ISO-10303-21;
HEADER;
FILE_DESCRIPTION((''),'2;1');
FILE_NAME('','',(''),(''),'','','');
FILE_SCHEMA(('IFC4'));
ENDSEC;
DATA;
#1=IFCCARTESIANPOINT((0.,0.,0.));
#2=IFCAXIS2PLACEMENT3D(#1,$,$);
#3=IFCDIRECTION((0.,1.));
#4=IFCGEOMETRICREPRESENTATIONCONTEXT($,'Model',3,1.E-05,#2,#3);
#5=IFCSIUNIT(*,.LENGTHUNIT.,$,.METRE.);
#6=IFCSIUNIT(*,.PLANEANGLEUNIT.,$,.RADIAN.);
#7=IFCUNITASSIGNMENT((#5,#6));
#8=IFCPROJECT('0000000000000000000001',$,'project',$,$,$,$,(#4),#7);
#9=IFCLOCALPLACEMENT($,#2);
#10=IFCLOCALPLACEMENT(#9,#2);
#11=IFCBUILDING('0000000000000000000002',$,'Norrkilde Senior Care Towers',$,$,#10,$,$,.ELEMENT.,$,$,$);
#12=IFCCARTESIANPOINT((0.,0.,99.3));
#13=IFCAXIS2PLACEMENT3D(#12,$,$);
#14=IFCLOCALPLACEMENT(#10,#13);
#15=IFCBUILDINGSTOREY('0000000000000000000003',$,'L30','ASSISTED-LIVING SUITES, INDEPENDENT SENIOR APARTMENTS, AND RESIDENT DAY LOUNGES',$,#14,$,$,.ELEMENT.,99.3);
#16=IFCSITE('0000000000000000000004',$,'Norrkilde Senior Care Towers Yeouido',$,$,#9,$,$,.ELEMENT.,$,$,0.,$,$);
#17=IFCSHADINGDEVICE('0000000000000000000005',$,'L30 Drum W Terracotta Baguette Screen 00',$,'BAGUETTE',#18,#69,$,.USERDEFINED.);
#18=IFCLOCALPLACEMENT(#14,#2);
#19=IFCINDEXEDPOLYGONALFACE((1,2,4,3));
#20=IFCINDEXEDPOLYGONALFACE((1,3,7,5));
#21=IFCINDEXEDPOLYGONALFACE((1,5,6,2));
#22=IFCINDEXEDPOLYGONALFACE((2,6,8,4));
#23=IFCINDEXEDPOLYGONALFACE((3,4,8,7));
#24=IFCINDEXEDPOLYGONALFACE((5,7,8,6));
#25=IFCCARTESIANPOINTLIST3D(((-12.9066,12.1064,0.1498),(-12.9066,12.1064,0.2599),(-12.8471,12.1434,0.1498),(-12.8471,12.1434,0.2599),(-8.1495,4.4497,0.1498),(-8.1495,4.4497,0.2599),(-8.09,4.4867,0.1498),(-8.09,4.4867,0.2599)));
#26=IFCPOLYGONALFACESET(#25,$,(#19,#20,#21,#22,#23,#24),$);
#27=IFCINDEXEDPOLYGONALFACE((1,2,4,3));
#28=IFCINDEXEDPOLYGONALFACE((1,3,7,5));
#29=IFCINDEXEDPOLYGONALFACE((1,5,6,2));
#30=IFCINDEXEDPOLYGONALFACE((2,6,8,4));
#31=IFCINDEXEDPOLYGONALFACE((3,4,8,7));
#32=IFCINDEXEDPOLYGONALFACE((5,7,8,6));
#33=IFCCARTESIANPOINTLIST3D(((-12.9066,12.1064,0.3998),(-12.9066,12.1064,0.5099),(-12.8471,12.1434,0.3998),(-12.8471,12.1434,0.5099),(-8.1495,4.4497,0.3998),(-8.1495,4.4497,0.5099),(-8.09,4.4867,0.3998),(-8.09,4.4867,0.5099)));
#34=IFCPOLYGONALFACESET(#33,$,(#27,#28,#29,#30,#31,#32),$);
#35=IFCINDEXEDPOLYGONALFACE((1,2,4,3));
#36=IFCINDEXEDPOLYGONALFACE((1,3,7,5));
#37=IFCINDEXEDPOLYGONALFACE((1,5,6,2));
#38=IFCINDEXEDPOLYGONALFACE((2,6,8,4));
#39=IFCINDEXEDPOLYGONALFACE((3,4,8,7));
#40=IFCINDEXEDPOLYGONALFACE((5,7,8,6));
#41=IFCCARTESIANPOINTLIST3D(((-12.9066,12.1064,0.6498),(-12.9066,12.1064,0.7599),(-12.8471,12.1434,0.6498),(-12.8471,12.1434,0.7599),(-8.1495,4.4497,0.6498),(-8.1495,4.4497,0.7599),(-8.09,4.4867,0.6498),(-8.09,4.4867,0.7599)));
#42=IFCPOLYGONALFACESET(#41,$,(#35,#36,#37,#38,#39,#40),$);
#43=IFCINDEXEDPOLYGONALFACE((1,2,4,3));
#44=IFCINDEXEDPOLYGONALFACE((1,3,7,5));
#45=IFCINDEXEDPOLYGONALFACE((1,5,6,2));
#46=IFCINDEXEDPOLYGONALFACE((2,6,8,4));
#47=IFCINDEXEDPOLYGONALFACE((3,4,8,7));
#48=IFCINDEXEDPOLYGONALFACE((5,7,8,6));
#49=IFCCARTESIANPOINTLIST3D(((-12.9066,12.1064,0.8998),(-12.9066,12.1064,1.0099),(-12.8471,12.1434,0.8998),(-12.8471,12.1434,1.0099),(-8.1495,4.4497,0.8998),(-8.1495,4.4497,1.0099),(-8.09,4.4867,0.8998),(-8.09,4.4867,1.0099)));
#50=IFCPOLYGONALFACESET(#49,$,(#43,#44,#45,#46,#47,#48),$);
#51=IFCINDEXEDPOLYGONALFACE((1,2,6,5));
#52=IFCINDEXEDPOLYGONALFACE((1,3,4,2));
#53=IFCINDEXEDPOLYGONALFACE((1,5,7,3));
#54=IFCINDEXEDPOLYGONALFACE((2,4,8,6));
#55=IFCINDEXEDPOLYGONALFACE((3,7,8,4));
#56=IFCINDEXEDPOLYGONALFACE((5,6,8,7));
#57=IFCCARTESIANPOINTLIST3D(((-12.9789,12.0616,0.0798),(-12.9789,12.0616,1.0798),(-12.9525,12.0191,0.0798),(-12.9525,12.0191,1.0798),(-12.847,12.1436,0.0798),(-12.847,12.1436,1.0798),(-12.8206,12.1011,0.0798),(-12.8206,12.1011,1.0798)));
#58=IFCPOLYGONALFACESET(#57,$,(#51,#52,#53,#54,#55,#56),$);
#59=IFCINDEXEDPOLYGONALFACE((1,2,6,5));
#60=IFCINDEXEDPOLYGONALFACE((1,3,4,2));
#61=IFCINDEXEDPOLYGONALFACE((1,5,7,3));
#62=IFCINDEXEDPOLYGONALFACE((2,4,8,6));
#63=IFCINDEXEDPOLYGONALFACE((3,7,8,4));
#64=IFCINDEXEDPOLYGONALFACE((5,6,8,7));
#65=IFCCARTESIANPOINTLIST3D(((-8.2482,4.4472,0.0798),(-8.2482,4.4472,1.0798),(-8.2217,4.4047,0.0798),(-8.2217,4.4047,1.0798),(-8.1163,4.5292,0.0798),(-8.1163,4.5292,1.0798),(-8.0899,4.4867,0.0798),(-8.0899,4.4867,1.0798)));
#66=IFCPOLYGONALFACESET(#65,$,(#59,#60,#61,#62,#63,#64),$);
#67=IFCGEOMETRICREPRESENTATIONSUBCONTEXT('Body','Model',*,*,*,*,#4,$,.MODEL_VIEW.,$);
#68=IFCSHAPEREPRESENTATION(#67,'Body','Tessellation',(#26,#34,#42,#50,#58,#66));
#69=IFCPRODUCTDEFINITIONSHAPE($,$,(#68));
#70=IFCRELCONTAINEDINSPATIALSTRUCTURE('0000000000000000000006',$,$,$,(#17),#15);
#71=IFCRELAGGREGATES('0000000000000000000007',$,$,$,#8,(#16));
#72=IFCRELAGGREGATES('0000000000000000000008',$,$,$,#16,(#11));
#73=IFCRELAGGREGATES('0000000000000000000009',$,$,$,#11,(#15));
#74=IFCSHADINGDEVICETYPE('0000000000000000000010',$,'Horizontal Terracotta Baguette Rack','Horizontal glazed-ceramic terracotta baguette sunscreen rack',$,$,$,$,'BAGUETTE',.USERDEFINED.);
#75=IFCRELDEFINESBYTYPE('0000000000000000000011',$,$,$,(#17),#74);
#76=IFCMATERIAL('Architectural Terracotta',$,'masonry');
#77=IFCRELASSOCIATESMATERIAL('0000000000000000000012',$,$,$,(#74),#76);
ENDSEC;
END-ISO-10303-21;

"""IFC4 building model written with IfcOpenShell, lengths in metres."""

from ifc_helpers import new_model, si_unit, direction, frame, origin, origin_2d, place, context, subcontext, project, spatial, rectangle, extrude, source, transform, mapped, material, type_object, type_shapes, element, save


model = new_model("IFC4")

# Units and contexts
model_context = context("Model", 3, precision=1e-05, world=origin(), true_north=direction((0.0, 1.0)))
body_context = subcontext(model_context, "Body", "Model", "MODEL_VIEW")
ifc_project = project(units=[si_unit("LENGTHUNIT", "METRE"), si_unit("PLANEANGLEUNIT", "RADIAN")], contexts=[model_context])

# Site, building, storey
site_placement = place(None, origin())
site = spatial("IfcSite", under=ifc_project, at=site_placement, Name="Norrkilde Senior Care Towers Yeouido", CompositionType="ELEMENT", RefElevation=0.0)
building_placement = place(site_placement, origin())
building = spatial("IfcBuilding", under=site, at=building_placement, Name="Norrkilde Senior Care Towers", CompositionType="ELEMENT")
storey_placement = place(building_placement, frame((0.0, 0.0, 99.3)))
storey = spatial("IfcBuildingStorey", under=building, at=storey_placement, Name="L30", Description="ASSISTED-LIVING SUITES, INDEPENDENT SENIOR APARTMENTS, AND RESIDENT DAY LOUNGES", CompositionType="ELEMENT", Elevation=99.3)

# Shading device
ifc_material_1 = material(Name="Architectural Terracotta", Category="masonry")
shading_device_type = type_object("IfcShadingDeviceType", Name="Horizontal Terracotta Baguette Rack", Description="Horizontal glazed-ceramic terracotta baguette sunscreen rack", ElementType="BAGUETTE", PredefinedType="USERDEFINED", material=ifc_material_1)
shared_shape_1 = source(origin(), body_context, "Body", "SweptSolid", [
    extrude(rectangle(XDim=0.0701, YDim=0.1101, at=origin_2d()), frame((0.0, 0.0901, 0.125), z_axis=(1.0, 0.0, 0.0), x_axis=(0.0, 1.0, 0.0)), (0.0, 0.0, 1.0), 9.0142),
    extrude(rectangle(XDim=0.0701, YDim=0.1101, at=origin_2d()), frame((0.0, 0.0901, 0.375), z_axis=(1.0, 0.0, 0.0), x_axis=(0.0, 1.0, 0.0)), (0.0, 0.0, 1.0), 9.0142),
    extrude(rectangle(XDim=0.0701, YDim=0.1101, at=origin_2d()), frame((0.0, 0.0901, 0.625), z_axis=(1.0, 0.0, 0.0), x_axis=(0.0, 1.0, 0.0)), (0.0, 0.0, 1.0), 9.0142),
    extrude(rectangle(XDim=0.0701, YDim=0.1101, at=origin_2d()), frame((0.0, 0.0901, 0.875), z_axis=(1.0, 0.0, 0.0), x_axis=(0.0, 1.0, 0.0)), (0.0, 0.0, 1.0), 9.0142),
    extrude(rectangle(XDim=0.05, YDim=0.1553, at=origin_2d()), frame((0.0249, 0.0476, 0.0)), (0.0, 0.0, 1.0), 1.0),
    extrude(rectangle(XDim=0.05, YDim=0.1553, at=origin_2d()), frame((8.9893, 0.0476, 0.0)), (0.0, 0.0, 1.0), 1.0),
])
type_shapes(shading_device_type, [shared_shape_1])
shading_device_placement = place(storey_placement, frame((-12.9534, 12.0774, 0.0798), z_axis=(0.0, 0.0, 1.0), x_axis=(0.527734, -0.849412, 0.0)))
element("IfcShadingDevice", 1, at=shading_device_placement, inside=storey, type_object=shading_device_type, Name="L30 Drum W Terracotta Baguette Screen 00", ObjectType="BAGUETTE", PredefinedType="USERDEFINED", context=body_context, shape_type="MappedRepresentation", body=[
    mapped(shared_shape_1, transform((0.0, 0.0, 0.0), x_axis=(1.0, 0.0, 0.0), y_axis=(0.0, 1.0, 0.0), z_axis=(0.0, 0.0, 1.0), scale=1.0)),
])

save(model, "model.ifc")
